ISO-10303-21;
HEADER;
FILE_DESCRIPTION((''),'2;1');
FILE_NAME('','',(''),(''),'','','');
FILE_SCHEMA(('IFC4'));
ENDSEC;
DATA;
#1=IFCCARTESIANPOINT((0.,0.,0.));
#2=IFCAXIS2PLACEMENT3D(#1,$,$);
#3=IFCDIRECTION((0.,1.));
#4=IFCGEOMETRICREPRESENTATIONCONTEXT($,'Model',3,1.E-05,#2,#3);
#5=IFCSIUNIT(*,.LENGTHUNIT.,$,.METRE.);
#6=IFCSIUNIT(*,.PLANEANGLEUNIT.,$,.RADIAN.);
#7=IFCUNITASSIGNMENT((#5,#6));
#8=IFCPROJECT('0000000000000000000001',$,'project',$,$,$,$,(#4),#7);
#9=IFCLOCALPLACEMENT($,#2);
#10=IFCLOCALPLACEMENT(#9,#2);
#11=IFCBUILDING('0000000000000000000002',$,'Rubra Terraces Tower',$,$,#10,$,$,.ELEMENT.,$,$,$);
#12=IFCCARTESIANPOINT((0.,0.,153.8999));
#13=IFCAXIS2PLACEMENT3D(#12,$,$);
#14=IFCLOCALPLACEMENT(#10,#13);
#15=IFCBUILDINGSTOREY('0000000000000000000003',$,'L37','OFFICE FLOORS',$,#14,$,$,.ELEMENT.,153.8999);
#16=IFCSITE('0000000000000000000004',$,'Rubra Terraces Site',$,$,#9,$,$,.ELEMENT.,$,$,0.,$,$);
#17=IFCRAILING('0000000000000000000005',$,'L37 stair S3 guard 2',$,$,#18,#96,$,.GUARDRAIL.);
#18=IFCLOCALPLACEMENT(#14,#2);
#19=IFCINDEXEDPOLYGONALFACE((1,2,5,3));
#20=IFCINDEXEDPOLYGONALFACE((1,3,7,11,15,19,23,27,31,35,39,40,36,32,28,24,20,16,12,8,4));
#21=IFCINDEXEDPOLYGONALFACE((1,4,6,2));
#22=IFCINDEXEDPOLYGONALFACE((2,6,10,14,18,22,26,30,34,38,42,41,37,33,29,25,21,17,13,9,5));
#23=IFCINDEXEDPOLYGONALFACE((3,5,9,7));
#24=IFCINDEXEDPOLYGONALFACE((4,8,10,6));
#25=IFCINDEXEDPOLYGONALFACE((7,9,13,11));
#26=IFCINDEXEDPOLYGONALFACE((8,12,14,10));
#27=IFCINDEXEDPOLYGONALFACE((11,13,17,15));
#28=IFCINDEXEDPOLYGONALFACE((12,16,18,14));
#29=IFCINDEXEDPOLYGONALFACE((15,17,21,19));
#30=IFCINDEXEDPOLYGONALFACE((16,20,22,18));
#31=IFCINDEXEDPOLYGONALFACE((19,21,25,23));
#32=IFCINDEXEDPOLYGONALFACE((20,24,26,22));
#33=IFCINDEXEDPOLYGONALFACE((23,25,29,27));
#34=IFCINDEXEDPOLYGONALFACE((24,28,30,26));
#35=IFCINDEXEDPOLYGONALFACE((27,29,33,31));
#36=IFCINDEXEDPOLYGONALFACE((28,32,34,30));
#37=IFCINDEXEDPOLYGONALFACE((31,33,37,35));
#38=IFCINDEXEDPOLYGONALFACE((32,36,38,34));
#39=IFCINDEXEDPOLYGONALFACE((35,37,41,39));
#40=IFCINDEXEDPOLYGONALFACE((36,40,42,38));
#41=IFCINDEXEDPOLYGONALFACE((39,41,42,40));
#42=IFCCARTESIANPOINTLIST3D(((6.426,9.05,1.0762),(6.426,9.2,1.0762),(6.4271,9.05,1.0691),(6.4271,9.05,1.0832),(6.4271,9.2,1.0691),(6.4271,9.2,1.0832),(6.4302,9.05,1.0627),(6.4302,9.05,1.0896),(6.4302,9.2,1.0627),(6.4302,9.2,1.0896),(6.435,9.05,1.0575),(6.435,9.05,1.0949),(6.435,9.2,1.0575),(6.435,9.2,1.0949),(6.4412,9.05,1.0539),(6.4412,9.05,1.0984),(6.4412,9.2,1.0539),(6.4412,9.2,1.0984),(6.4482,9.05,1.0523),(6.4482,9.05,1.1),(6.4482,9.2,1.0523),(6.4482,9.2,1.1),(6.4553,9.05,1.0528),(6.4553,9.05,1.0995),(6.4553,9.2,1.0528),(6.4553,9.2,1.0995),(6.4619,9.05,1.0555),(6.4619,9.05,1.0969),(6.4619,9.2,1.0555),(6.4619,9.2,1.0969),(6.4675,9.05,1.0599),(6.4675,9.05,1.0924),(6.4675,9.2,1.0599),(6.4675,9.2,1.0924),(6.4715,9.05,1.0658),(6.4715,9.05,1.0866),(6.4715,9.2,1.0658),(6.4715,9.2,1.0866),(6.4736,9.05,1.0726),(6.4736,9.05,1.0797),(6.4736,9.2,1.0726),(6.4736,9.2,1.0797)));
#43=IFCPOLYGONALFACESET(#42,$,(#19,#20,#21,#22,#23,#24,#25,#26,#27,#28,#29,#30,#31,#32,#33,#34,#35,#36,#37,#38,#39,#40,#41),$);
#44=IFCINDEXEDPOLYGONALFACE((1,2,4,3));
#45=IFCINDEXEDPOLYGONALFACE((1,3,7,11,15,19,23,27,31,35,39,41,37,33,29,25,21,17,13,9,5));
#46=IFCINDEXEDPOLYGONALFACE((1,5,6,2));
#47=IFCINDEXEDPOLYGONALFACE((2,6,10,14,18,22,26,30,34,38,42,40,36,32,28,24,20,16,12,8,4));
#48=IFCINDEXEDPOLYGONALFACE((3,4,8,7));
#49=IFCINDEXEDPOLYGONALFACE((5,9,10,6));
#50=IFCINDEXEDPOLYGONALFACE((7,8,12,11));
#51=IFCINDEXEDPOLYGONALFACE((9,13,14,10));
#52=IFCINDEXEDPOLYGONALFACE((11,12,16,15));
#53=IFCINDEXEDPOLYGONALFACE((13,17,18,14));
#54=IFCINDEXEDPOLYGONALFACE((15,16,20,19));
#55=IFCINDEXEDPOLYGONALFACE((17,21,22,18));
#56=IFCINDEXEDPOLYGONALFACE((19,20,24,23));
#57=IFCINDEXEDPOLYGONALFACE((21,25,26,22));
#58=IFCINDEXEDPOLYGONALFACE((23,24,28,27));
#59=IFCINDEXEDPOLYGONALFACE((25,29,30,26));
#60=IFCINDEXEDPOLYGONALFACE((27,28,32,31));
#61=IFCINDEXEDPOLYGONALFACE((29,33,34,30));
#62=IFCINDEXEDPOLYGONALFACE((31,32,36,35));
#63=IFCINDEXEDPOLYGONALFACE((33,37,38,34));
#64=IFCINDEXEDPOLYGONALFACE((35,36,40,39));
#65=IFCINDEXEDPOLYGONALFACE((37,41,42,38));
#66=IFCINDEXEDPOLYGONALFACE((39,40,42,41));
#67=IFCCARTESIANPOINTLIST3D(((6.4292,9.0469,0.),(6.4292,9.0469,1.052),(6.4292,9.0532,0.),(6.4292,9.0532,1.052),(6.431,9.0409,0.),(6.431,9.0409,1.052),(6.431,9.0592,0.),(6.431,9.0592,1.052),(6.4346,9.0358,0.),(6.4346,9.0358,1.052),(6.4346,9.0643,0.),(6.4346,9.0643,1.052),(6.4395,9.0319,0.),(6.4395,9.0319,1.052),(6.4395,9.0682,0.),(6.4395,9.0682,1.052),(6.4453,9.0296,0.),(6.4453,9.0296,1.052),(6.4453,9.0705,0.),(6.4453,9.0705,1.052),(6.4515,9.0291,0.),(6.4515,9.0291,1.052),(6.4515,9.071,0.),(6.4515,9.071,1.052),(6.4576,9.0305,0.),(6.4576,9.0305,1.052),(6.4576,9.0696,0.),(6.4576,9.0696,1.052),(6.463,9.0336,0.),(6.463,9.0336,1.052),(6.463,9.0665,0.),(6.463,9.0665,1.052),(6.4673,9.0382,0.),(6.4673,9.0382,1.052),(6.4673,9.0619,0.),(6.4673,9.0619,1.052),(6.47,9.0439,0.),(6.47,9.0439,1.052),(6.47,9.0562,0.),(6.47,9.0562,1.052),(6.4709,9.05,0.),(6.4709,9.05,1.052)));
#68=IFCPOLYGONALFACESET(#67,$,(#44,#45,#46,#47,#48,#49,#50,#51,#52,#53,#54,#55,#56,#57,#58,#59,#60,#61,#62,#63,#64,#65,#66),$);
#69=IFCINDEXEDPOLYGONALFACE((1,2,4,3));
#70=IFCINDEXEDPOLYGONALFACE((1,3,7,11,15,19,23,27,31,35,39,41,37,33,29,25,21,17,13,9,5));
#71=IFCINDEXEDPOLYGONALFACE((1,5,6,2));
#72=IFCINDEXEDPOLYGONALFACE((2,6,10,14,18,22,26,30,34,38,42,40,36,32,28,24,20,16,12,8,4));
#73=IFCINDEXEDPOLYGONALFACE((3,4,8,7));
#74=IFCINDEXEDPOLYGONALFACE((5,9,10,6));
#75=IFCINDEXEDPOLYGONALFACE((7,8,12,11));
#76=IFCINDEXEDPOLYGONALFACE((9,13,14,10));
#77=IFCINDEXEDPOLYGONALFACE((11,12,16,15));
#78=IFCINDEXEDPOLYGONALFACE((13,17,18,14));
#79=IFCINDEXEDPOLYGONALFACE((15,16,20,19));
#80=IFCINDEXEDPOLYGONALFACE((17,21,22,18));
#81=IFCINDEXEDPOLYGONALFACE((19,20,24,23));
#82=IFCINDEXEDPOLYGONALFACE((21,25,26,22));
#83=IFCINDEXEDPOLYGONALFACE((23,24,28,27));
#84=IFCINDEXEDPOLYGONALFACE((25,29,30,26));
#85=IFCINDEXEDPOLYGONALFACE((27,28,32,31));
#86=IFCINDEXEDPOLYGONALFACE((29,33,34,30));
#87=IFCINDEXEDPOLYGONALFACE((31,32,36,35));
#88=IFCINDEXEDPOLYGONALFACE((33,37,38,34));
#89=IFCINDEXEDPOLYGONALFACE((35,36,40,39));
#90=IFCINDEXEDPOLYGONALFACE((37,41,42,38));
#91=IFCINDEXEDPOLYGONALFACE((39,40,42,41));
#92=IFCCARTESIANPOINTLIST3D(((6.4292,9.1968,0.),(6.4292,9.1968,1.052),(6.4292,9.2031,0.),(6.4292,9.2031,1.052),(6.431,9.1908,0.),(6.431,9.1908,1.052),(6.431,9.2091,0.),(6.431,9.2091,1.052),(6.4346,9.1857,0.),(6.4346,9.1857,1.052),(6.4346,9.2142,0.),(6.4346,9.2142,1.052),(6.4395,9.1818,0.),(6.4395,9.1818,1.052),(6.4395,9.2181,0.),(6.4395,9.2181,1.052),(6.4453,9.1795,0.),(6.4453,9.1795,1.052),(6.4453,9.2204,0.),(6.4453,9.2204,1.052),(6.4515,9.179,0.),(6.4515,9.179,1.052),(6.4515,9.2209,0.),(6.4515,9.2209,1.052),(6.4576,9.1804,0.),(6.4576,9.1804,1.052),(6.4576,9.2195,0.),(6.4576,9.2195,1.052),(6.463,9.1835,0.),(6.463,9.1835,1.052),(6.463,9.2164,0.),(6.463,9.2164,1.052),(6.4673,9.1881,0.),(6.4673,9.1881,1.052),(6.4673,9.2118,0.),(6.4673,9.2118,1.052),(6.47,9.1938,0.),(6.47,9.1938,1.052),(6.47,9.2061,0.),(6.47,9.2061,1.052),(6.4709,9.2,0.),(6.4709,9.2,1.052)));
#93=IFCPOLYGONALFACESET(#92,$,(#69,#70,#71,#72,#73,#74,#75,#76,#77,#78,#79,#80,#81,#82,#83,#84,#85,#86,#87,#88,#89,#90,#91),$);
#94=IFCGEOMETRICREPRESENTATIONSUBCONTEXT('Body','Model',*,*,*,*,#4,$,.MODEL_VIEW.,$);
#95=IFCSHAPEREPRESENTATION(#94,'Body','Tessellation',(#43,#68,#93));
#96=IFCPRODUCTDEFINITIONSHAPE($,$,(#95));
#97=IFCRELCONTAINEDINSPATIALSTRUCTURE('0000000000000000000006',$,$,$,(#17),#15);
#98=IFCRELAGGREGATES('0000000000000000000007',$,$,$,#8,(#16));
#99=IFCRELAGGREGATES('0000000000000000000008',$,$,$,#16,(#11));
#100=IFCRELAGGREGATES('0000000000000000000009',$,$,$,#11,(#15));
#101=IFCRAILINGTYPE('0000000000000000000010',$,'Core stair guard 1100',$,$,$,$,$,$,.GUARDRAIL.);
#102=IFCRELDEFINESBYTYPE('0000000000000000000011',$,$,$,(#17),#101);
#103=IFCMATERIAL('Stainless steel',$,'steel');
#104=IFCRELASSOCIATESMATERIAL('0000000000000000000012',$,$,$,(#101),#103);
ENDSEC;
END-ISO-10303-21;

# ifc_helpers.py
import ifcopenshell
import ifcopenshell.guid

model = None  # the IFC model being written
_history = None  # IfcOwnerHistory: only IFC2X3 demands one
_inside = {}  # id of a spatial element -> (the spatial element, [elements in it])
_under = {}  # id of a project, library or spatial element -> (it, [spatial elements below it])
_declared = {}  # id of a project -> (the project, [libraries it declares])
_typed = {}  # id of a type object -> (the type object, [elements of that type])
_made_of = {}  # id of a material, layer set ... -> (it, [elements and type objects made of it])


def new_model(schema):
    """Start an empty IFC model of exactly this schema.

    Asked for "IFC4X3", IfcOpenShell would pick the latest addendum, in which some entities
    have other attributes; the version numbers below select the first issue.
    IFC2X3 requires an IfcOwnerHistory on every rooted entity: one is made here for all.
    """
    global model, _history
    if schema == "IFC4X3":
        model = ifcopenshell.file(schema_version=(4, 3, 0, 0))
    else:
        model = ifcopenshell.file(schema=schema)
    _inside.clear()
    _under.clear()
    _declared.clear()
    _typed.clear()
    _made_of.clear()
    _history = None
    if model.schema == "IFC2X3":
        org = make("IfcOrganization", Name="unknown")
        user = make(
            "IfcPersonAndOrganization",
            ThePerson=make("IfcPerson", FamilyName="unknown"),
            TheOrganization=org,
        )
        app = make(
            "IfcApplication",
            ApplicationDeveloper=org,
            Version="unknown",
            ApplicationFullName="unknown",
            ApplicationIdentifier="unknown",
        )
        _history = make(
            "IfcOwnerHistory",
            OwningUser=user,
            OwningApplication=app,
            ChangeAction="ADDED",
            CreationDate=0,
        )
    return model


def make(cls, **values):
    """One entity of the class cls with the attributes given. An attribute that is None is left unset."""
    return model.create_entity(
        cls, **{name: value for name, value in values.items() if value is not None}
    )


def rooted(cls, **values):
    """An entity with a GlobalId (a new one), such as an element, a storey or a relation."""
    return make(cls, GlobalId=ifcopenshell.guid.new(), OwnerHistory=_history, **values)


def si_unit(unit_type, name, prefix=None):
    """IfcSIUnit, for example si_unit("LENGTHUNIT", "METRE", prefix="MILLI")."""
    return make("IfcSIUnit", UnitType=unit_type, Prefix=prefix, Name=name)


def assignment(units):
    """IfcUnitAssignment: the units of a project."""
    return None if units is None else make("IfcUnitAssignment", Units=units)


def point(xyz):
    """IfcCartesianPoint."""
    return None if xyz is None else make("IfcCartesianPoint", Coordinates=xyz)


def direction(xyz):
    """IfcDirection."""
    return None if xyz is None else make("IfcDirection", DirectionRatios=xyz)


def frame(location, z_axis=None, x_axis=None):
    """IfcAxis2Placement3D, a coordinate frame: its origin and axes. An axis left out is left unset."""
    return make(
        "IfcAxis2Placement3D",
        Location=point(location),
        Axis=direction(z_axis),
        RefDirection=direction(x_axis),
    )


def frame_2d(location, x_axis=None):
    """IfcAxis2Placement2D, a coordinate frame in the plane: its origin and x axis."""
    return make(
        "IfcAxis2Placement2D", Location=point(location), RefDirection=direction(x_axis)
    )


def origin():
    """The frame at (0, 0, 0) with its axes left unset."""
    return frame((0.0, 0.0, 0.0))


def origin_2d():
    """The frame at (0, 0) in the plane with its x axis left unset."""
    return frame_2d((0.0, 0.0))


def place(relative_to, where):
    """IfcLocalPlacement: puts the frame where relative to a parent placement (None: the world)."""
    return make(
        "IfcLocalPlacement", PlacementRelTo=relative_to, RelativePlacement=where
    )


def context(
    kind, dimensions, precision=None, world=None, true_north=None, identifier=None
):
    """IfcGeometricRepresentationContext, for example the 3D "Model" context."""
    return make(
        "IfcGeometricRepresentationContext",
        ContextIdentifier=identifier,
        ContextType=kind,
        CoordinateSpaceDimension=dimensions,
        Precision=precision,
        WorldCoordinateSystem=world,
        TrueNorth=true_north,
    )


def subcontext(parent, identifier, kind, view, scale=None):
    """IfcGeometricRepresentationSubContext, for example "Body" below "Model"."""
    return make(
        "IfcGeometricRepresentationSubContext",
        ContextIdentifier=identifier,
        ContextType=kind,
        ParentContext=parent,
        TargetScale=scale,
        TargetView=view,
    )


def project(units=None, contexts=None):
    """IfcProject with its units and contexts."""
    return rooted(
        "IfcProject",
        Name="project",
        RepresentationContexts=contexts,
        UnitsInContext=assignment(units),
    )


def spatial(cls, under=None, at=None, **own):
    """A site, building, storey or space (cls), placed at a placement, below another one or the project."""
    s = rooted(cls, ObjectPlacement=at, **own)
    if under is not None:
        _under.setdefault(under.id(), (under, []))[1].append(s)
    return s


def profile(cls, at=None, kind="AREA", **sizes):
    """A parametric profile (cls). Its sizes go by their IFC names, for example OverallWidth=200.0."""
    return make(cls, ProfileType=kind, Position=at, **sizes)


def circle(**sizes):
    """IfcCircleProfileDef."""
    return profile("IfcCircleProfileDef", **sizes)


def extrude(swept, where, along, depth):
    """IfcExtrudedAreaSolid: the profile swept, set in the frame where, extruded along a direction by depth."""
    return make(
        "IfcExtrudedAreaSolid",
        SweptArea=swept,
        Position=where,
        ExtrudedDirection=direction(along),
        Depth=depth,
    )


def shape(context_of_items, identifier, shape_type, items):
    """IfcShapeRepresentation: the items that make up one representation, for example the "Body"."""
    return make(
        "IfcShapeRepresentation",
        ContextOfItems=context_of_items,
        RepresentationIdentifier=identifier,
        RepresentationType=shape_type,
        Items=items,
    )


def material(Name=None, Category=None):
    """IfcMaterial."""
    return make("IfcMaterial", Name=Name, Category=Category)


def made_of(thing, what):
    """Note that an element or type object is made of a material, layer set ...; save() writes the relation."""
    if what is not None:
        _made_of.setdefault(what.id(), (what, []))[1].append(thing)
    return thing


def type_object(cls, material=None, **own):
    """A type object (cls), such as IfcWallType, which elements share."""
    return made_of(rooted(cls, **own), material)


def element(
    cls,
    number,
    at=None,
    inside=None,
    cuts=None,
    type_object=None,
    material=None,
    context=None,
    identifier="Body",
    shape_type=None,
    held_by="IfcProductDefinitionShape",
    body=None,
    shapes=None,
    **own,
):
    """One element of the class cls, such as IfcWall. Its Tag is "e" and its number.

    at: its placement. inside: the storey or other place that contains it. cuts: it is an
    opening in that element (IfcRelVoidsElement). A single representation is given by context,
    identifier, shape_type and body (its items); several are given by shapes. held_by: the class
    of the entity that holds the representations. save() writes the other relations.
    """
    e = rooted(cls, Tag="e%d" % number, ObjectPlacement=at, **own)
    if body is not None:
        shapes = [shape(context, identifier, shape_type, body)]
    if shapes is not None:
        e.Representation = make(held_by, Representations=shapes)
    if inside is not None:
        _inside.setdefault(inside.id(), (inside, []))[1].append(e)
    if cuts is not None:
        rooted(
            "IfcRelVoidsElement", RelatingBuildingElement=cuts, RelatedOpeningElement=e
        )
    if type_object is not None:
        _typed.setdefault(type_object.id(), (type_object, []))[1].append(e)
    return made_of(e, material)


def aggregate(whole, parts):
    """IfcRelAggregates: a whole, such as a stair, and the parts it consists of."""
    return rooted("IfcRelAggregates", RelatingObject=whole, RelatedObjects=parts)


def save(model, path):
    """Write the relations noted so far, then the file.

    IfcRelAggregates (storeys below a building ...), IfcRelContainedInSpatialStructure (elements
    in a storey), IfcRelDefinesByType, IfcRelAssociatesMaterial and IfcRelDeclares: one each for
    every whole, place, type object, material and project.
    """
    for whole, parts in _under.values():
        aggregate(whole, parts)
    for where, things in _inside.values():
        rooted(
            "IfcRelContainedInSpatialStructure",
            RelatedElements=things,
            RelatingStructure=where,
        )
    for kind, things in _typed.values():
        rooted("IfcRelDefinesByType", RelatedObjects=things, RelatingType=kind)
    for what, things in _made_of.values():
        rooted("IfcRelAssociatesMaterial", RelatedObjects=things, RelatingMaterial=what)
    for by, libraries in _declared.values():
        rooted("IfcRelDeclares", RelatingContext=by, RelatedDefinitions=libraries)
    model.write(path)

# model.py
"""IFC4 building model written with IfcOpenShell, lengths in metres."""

from ifc_helpers import new_model, si_unit, direction, frame, origin, origin_2d, place, context, subcontext, project, spatial, circle, extrude, material, type_object, element, save


model = new_model("IFC4")

# Units and contexts
model_context = context("Model", 3, precision=1e-05, world=origin(), true_north=direction((0.0, 1.0)))
body_context = subcontext(model_context, "Body", "Model", "MODEL_VIEW")
ifc_project = project(units=[si_unit("LENGTHUNIT", "METRE"), si_unit("PLANEANGLEUNIT", "RADIAN")], contexts=[model_context])

# Site, building, storey
site_placement = place(None, origin())
site = spatial("IfcSite", under=ifc_project, at=site_placement, Name="Rubra Terraces Site", CompositionType="ELEMENT", RefElevation=0.0)
building_placement = place(site_placement, origin())
building = spatial("IfcBuilding", under=site, at=building_placement, Name="Rubra Terraces Tower", CompositionType="ELEMENT")
storey_placement = place(building_placement, frame((0.0, 0.0, 153.8999)))
storey = spatial("IfcBuildingStorey", under=building, at=storey_placement, Name="L37", Description="OFFICE FLOORS", CompositionType="ELEMENT", Elevation=153.8999)

# Shared definitions
ifc_material_1 = material(Name="Stainless steel", Category="steel")

# Railing
railing_type_1 = type_object("IfcRailingType", Name="Core stair guard 1100", PredefinedType="GUARDRAIL", material=ifc_material_1)
railing_1_placement = place(storey_placement, frame((6.45, 9.05, 0.0)))
element("IfcRailing", 1, at=railing_1_placement, inside=storey, type_object=railing_type_1, Name="L37 stair S3 guard 2", PredefinedType="GUARDRAIL", context=body_context, shape_type="SweptSolid", body=[
    extrude(circle(Radius=0.0239, at=origin_2d()), frame((0.0, 0.0, 1.0762), z_axis=(0.0, 1.0, 0.0), x_axis=(-1.0, 0.0, 0.0)), (0.0, 0.0, 1.0), 0.1499),
    extrude(circle(Radius=0.021, at=origin_2d()), origin(), (0.0, 0.0, 1.0), 1.052),
    extrude(circle(Radius=0.021, at=origin_2d()), frame((0.0, 0.1499, 0.0)), (0.0, 0.0, 1.0), 1.052),
])

save(model, "model.ifc")
